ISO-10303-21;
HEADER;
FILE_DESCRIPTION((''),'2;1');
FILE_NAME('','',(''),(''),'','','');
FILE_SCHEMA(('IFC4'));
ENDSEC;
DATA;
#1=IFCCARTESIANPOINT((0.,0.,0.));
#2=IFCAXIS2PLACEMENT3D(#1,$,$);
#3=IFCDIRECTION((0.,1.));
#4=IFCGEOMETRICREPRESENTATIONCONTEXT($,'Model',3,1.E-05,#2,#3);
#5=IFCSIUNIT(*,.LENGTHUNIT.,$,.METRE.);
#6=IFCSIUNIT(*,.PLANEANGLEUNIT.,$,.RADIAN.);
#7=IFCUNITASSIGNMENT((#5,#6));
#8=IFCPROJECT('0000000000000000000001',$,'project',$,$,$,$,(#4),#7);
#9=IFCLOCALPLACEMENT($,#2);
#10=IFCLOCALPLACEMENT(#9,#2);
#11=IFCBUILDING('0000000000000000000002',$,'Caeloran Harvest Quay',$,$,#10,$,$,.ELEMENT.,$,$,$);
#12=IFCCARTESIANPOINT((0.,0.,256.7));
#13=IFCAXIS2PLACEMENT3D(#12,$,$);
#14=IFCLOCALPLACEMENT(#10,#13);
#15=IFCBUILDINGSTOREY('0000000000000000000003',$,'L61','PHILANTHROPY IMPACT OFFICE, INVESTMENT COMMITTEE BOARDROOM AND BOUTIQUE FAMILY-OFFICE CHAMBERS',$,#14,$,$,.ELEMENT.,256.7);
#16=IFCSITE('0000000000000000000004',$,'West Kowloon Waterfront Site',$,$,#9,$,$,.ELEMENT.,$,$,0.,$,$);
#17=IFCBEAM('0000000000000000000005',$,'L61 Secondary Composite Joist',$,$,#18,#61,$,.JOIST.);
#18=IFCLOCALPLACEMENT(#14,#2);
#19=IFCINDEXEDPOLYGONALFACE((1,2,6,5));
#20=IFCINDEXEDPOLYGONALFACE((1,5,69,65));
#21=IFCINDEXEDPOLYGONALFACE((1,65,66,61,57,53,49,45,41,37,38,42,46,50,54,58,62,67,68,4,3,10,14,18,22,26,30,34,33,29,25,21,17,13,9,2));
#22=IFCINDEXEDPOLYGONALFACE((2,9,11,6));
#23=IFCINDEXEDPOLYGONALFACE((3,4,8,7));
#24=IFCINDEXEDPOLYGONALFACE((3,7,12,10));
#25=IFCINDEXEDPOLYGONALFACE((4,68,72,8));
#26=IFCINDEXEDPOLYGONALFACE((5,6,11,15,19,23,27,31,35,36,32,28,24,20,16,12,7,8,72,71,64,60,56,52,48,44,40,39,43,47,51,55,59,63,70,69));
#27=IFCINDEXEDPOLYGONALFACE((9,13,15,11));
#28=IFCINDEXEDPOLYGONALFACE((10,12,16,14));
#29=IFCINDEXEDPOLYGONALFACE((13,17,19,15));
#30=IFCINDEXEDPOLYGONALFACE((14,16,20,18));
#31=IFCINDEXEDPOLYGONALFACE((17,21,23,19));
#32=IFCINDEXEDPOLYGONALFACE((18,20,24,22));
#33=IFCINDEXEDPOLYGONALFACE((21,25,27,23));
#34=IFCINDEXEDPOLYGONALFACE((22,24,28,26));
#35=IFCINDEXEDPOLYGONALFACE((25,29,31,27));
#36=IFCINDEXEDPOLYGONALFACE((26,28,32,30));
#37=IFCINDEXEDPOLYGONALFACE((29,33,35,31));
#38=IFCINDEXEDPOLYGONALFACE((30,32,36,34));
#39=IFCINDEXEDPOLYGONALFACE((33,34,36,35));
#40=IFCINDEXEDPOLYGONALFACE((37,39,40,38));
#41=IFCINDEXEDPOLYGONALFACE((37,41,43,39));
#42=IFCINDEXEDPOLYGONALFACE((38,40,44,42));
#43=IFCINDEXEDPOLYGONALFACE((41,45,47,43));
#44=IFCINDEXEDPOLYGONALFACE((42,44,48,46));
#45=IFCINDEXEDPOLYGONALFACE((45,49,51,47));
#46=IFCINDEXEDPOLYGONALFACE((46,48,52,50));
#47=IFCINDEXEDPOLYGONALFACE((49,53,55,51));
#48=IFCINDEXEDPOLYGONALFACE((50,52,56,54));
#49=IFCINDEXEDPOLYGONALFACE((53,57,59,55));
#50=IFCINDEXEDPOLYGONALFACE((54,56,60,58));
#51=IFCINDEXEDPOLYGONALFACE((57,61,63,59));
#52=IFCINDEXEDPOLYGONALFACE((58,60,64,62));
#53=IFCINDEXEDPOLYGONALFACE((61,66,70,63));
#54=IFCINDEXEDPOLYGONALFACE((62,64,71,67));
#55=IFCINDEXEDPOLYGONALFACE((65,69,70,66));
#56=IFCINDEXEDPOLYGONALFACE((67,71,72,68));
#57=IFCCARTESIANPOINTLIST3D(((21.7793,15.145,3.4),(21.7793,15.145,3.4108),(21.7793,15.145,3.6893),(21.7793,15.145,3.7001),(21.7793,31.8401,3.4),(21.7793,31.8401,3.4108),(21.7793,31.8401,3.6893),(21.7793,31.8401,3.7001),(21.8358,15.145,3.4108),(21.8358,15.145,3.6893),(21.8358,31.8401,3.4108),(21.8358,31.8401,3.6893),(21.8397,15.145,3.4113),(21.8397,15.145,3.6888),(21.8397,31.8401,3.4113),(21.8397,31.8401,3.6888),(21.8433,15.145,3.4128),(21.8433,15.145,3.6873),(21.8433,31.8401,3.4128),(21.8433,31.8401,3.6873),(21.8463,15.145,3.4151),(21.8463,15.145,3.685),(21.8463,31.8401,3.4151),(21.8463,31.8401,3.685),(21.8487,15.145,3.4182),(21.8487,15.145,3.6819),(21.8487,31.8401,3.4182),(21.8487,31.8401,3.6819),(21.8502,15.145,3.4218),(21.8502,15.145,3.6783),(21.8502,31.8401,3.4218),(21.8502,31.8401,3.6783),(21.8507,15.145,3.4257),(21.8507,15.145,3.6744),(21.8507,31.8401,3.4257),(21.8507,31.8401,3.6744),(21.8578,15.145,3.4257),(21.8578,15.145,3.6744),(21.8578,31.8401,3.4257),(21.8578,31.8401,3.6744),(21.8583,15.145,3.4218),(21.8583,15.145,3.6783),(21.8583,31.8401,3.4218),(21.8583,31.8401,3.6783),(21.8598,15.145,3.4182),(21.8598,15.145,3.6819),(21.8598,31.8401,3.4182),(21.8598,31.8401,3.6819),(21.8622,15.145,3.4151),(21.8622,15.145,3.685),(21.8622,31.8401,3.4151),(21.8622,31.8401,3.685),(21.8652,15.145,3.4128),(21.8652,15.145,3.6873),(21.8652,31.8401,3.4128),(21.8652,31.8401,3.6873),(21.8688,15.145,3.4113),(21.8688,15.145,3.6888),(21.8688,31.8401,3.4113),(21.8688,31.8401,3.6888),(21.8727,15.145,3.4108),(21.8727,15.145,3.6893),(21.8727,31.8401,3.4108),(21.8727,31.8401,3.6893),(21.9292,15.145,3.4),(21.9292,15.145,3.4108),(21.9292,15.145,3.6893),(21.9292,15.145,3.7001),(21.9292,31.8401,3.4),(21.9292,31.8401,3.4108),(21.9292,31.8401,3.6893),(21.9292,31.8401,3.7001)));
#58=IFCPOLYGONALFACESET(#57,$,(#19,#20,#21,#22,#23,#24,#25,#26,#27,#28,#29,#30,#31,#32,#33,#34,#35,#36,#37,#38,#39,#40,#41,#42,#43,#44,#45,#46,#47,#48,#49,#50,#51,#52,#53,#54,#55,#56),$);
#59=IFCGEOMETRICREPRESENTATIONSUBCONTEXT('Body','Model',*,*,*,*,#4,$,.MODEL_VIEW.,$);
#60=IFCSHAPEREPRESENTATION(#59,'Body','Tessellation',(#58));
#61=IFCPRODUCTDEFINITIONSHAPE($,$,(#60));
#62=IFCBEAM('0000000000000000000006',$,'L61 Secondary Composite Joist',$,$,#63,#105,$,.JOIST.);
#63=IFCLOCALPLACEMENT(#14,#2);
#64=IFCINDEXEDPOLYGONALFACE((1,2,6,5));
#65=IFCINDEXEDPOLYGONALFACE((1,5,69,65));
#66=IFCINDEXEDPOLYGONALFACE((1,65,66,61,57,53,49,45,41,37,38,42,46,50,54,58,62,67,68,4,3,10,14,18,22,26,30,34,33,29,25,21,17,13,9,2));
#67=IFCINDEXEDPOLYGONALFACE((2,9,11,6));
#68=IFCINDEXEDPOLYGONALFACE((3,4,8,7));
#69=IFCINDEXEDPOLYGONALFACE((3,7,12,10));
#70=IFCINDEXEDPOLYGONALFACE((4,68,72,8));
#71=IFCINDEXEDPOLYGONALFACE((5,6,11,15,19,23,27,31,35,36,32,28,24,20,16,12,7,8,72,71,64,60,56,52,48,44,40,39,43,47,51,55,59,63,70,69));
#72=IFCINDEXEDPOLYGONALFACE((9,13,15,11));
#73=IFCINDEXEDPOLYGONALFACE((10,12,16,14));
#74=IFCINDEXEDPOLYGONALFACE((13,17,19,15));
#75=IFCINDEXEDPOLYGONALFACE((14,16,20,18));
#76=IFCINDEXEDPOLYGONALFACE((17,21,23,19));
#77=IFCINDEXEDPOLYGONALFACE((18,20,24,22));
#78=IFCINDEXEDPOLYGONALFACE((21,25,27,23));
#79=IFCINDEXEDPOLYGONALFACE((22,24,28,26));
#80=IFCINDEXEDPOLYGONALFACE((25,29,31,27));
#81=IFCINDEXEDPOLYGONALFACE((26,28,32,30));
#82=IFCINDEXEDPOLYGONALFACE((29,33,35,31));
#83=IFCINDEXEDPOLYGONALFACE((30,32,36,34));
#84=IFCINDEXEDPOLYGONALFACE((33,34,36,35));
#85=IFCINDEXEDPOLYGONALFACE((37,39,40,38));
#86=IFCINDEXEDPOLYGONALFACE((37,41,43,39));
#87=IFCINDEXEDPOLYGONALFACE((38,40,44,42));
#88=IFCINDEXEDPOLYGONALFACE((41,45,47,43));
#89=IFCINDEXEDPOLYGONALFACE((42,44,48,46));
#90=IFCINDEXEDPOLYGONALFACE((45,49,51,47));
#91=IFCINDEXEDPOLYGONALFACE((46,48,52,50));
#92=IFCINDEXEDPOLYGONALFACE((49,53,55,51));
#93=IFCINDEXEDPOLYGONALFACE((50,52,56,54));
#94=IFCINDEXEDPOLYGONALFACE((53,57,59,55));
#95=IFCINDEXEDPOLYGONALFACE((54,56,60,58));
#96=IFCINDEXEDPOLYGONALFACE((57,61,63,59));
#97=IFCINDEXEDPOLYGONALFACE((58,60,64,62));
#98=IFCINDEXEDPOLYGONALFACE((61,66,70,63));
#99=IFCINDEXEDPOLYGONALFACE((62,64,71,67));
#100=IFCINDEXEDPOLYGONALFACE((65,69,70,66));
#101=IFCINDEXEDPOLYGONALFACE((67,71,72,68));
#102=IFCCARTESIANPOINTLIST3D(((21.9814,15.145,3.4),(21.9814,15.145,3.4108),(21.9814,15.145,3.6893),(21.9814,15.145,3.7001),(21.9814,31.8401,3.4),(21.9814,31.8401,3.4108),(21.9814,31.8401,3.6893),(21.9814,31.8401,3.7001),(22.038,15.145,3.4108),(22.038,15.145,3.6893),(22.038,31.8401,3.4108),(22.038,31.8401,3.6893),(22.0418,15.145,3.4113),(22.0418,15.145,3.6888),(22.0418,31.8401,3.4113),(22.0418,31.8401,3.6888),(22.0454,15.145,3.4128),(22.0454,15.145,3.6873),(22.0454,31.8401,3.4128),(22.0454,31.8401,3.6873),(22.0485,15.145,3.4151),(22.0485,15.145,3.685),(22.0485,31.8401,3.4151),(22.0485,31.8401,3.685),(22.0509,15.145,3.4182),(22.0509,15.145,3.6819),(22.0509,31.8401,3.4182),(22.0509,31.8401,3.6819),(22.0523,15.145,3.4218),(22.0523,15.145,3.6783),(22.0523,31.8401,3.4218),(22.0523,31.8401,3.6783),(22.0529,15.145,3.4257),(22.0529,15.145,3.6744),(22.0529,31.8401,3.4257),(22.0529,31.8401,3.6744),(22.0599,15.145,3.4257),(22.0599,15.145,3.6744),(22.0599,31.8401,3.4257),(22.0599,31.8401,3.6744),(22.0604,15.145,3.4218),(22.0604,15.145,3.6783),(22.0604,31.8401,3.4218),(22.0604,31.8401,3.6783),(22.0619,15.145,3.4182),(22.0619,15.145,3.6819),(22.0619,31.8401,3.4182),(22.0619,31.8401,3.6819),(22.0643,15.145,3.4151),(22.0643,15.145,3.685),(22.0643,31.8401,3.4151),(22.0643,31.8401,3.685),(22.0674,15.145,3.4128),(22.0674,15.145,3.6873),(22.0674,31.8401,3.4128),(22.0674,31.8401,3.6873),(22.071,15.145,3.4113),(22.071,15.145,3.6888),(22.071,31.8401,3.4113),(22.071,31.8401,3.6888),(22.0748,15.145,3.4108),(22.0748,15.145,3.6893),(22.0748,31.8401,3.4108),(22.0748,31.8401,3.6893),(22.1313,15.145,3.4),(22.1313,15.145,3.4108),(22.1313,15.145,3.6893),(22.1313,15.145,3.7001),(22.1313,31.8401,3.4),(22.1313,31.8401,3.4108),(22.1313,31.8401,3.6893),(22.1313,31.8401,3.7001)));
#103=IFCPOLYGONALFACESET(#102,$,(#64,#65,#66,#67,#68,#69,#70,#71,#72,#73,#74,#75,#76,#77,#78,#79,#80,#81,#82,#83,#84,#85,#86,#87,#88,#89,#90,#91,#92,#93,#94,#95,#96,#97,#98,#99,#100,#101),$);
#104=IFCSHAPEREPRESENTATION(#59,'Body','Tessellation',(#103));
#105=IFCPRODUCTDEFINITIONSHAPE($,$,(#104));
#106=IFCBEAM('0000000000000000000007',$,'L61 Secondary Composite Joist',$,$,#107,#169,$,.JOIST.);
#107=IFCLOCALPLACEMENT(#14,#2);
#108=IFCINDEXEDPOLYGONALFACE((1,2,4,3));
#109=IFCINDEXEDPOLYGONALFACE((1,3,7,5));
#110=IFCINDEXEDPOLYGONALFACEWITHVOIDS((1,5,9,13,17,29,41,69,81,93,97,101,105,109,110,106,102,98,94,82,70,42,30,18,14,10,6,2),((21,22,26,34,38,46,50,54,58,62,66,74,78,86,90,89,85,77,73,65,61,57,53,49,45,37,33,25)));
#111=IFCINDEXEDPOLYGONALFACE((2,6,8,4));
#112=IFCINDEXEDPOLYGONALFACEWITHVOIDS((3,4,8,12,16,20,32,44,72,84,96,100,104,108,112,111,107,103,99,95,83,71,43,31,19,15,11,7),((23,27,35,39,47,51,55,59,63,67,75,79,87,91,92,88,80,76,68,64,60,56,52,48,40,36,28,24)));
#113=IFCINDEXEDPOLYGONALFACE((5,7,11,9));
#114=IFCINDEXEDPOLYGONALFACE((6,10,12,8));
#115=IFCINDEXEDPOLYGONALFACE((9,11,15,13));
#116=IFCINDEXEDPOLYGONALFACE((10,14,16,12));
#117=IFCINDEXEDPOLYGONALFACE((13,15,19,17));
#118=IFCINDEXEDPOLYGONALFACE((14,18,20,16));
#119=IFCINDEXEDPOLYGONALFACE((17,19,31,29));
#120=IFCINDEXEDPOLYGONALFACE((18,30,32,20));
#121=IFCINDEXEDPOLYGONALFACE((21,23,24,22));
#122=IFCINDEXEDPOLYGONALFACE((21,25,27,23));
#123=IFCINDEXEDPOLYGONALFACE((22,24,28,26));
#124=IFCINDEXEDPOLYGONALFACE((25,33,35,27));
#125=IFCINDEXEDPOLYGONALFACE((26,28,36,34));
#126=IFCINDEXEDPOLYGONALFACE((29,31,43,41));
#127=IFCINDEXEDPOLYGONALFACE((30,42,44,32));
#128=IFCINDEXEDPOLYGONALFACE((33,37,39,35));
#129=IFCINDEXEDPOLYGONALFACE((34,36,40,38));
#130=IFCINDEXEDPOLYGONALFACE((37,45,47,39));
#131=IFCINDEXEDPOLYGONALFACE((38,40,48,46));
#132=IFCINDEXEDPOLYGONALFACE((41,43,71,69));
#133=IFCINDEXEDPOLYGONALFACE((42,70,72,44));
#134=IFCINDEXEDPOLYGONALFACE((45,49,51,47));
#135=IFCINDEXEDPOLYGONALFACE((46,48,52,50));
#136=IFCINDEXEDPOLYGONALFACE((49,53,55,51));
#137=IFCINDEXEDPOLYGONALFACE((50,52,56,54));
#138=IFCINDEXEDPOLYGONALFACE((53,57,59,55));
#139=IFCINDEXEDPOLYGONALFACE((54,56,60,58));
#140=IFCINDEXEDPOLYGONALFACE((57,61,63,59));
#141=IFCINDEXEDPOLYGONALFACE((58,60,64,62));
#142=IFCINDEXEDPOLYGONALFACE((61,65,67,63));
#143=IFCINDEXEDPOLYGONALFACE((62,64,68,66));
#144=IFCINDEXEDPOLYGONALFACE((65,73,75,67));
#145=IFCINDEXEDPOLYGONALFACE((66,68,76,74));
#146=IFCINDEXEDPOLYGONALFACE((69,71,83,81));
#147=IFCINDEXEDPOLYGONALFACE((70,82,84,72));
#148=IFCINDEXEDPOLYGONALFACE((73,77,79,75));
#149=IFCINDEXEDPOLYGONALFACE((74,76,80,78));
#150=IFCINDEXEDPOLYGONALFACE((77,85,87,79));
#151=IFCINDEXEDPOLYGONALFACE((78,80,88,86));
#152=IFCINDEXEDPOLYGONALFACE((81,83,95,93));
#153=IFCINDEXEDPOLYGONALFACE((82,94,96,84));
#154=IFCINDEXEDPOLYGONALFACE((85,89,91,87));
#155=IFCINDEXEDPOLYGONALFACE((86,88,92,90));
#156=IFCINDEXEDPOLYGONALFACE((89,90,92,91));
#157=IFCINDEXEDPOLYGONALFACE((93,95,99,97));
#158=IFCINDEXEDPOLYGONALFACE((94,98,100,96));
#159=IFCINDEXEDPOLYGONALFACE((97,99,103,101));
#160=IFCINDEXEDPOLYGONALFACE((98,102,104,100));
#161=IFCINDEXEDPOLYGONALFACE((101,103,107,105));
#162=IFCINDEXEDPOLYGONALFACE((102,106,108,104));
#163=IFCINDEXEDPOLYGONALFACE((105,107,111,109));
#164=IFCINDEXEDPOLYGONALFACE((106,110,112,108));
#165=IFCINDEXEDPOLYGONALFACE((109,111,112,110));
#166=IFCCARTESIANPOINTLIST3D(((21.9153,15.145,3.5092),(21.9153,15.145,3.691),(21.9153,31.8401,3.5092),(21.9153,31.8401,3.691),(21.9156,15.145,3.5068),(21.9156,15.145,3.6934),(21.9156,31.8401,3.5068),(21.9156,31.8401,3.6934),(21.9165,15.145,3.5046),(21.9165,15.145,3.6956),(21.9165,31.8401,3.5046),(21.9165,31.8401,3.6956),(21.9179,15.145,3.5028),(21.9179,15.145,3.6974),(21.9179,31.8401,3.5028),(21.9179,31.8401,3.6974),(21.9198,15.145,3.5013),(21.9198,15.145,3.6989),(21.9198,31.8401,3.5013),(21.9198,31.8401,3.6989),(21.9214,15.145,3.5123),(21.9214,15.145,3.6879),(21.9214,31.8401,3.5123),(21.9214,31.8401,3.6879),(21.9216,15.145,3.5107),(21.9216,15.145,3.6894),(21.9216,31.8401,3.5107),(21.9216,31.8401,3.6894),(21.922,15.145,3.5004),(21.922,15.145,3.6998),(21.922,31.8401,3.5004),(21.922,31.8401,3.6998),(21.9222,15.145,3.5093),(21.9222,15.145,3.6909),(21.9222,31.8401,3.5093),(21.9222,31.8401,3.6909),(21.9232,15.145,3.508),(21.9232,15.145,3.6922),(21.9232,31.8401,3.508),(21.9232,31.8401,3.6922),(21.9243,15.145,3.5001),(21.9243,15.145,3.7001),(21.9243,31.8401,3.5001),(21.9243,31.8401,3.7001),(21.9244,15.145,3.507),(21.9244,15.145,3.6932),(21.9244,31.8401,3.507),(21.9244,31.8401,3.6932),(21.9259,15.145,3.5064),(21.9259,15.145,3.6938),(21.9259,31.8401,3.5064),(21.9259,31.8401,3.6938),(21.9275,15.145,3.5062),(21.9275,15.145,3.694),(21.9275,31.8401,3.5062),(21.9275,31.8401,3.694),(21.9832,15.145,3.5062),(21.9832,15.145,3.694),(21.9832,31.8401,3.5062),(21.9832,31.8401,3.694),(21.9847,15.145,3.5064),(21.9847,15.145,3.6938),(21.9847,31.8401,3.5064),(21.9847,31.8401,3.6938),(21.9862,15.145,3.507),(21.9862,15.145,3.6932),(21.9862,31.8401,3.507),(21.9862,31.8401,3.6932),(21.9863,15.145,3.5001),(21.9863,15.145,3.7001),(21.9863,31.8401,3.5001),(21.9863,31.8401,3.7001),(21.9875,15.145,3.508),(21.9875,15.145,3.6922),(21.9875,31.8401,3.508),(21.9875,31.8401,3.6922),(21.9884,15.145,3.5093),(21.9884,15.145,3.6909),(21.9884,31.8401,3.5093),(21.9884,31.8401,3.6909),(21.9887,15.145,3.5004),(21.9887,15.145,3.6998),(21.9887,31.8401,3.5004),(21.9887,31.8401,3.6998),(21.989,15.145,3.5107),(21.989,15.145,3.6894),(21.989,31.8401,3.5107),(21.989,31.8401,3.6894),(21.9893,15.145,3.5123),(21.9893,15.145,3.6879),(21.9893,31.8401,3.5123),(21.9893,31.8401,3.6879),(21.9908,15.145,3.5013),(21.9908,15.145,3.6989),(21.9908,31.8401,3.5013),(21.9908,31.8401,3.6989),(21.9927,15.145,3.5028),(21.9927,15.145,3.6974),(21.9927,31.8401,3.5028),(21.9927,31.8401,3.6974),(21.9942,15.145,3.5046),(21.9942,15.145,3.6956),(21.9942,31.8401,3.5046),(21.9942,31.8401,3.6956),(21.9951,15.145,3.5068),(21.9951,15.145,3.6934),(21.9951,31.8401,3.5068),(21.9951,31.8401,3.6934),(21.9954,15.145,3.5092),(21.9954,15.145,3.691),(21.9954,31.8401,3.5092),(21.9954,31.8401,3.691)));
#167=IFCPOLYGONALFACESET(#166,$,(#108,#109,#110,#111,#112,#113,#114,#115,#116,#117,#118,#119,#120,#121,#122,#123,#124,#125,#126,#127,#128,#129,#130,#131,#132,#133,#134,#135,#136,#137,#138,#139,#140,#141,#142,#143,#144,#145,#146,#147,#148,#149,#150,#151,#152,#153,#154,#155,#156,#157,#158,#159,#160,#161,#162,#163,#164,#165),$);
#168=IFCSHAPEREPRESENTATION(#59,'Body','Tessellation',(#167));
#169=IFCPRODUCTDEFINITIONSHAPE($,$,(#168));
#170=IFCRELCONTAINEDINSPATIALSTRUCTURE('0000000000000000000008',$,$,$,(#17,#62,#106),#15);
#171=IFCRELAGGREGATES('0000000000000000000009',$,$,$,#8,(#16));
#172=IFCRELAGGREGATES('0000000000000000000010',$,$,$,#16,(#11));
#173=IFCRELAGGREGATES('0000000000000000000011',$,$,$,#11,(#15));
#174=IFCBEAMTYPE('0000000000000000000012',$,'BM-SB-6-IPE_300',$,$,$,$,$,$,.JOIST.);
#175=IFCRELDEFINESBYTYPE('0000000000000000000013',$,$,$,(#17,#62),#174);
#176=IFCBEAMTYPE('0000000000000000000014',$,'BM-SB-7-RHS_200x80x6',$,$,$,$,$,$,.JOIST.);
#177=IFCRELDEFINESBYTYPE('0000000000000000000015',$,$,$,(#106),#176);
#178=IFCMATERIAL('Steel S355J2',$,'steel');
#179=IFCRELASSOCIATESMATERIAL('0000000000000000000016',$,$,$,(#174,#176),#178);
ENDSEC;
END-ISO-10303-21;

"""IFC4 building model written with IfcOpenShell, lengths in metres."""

from ifc_helpers import new_model, si_unit, direction, frame, origin, origin_2d, place, context, subcontext, project, spatial, hollow_rectangle, i_section, extrude, material, material_profile, profile_set, type_object, element, save


model = new_model("IFC4")

# Units and contexts
model_context = context("Model", 3, precision=1e-05, world=origin(), true_north=direction((0.0, 1.0)))
body_context = subcontext(model_context, "Body", "Model", "MODEL_VIEW")
ifc_project = project(units=[si_unit("LENGTHUNIT", "METRE"), si_unit("PLANEANGLEUNIT", "RADIAN")], contexts=[model_context])

# Site, building, storey
site_placement = place(None, origin())
site = spatial("IfcSite", under=ifc_project, at=site_placement, Name="West Kowloon Waterfront Site", CompositionType="ELEMENT", RefElevation=0.0)
building_placement = place(site_placement, origin())
building = spatial("IfcBuilding", under=site, at=building_placement, Name="Caeloran Harvest Quay", CompositionType="ELEMENT")
storey_placement = place(building_placement, frame((0.0, 0.0, 256.7)))
storey = spatial("IfcBuildingStorey", under=building, at=storey_placement, Name="L61", Description="PHILANTHROPY IMPACT OFFICE, INVESTMENT COMMITTEE BOARDROOM AND BOUTIQUE FAMILY-OFFICE CHAMBERS", CompositionType="ELEMENT", Elevation=256.7)

# Beams
ifc_material_1 = material(Name="Steel S355J2", Category="steel")
ifc_material_profile_1 = material_profile(ifc_material_1, i_section(OverallWidth=0.1499, OverallDepth=0.3, WebThickness=0.0071, FlangeThickness=0.0107, FilletRadius=0.0149, at=origin_2d()), Name="IPE 300")
ifc_profile_set_1 = profile_set([ifc_material_profile_1], Name="Steel S355J2")
beam_type_1 = type_object("IfcBeamType", Name="BM-SB-6-IPE_300", PredefinedType="JOIST", material=ifc_profile_set_1)
for number, where, z_axis, x_axis, name in (
    (1, (21.8542, 15.145, 3.55), (0.0, 1.0, 0.0), (-1.0, 0.0, 0.0), "L61 Secondary Composite Joist"),
    (2, (22.0564, 15.145, 3.55), (0.0, 1.0, 0.0), (-1.0, 0.0, 0.0), "L61 Secondary Composite Joist"),
):
    element("IfcBeam", number, at=place(storey_placement, frame(where, z_axis=z_axis, x_axis=x_axis)), inside=storey, type_object=beam_type_1, Name=name, PredefinedType="JOIST", context=body_context, shape_type="SweptSolid", body=[
        extrude(i_section(OverallWidth=0.1499, OverallDepth=0.3, WebThickness=0.0071, FlangeThickness=0.0107, FilletRadius=0.0149, at=origin_2d()), origin(), (0.0, 0.0, 1.0), 16.6951),
    ])
ifc_material_profile_2 = material_profile(ifc_material_1, hollow_rectangle(XDim=0.0801, YDim=0.2, WallThickness=0.0061, InnerFilletRadius=0.0061, OuterFilletRadius=0.009, at=origin_2d()), Name="RHS 200x80x6")
ifc_profile_set_2 = profile_set([ifc_material_profile_2], Name="Steel S355J2")
beam_type_2 = type_object("IfcBeamType", Name="BM-SB-7-RHS_200x80x6", PredefinedType="JOIST", material=ifc_profile_set_2)
for number, where, z_axis, x_axis, name in (
    (3, (21.9553, 15.145, 3.6001), (0.0, 1.0, 0.0), (-1.0, 0.0, 0.0), "L61 Secondary Composite Joist"),
):
    element("IfcBeam", number, at=place(storey_placement, frame(where, z_axis=z_axis, x_axis=x_axis)), inside=storey, type_object=beam_type_2, Name=name, PredefinedType="JOIST", context=body_context, shape_type="SweptSolid", body=[
        extrude(hollow_rectangle(XDim=0.0801, YDim=0.2, WallThickness=0.0061, InnerFilletRadius=0.0061, OuterFilletRadius=0.009, at=origin_2d()), origin(), (0.0, 0.0, 1.0), 16.6951),
    ])

save(model, "model.ifc")
